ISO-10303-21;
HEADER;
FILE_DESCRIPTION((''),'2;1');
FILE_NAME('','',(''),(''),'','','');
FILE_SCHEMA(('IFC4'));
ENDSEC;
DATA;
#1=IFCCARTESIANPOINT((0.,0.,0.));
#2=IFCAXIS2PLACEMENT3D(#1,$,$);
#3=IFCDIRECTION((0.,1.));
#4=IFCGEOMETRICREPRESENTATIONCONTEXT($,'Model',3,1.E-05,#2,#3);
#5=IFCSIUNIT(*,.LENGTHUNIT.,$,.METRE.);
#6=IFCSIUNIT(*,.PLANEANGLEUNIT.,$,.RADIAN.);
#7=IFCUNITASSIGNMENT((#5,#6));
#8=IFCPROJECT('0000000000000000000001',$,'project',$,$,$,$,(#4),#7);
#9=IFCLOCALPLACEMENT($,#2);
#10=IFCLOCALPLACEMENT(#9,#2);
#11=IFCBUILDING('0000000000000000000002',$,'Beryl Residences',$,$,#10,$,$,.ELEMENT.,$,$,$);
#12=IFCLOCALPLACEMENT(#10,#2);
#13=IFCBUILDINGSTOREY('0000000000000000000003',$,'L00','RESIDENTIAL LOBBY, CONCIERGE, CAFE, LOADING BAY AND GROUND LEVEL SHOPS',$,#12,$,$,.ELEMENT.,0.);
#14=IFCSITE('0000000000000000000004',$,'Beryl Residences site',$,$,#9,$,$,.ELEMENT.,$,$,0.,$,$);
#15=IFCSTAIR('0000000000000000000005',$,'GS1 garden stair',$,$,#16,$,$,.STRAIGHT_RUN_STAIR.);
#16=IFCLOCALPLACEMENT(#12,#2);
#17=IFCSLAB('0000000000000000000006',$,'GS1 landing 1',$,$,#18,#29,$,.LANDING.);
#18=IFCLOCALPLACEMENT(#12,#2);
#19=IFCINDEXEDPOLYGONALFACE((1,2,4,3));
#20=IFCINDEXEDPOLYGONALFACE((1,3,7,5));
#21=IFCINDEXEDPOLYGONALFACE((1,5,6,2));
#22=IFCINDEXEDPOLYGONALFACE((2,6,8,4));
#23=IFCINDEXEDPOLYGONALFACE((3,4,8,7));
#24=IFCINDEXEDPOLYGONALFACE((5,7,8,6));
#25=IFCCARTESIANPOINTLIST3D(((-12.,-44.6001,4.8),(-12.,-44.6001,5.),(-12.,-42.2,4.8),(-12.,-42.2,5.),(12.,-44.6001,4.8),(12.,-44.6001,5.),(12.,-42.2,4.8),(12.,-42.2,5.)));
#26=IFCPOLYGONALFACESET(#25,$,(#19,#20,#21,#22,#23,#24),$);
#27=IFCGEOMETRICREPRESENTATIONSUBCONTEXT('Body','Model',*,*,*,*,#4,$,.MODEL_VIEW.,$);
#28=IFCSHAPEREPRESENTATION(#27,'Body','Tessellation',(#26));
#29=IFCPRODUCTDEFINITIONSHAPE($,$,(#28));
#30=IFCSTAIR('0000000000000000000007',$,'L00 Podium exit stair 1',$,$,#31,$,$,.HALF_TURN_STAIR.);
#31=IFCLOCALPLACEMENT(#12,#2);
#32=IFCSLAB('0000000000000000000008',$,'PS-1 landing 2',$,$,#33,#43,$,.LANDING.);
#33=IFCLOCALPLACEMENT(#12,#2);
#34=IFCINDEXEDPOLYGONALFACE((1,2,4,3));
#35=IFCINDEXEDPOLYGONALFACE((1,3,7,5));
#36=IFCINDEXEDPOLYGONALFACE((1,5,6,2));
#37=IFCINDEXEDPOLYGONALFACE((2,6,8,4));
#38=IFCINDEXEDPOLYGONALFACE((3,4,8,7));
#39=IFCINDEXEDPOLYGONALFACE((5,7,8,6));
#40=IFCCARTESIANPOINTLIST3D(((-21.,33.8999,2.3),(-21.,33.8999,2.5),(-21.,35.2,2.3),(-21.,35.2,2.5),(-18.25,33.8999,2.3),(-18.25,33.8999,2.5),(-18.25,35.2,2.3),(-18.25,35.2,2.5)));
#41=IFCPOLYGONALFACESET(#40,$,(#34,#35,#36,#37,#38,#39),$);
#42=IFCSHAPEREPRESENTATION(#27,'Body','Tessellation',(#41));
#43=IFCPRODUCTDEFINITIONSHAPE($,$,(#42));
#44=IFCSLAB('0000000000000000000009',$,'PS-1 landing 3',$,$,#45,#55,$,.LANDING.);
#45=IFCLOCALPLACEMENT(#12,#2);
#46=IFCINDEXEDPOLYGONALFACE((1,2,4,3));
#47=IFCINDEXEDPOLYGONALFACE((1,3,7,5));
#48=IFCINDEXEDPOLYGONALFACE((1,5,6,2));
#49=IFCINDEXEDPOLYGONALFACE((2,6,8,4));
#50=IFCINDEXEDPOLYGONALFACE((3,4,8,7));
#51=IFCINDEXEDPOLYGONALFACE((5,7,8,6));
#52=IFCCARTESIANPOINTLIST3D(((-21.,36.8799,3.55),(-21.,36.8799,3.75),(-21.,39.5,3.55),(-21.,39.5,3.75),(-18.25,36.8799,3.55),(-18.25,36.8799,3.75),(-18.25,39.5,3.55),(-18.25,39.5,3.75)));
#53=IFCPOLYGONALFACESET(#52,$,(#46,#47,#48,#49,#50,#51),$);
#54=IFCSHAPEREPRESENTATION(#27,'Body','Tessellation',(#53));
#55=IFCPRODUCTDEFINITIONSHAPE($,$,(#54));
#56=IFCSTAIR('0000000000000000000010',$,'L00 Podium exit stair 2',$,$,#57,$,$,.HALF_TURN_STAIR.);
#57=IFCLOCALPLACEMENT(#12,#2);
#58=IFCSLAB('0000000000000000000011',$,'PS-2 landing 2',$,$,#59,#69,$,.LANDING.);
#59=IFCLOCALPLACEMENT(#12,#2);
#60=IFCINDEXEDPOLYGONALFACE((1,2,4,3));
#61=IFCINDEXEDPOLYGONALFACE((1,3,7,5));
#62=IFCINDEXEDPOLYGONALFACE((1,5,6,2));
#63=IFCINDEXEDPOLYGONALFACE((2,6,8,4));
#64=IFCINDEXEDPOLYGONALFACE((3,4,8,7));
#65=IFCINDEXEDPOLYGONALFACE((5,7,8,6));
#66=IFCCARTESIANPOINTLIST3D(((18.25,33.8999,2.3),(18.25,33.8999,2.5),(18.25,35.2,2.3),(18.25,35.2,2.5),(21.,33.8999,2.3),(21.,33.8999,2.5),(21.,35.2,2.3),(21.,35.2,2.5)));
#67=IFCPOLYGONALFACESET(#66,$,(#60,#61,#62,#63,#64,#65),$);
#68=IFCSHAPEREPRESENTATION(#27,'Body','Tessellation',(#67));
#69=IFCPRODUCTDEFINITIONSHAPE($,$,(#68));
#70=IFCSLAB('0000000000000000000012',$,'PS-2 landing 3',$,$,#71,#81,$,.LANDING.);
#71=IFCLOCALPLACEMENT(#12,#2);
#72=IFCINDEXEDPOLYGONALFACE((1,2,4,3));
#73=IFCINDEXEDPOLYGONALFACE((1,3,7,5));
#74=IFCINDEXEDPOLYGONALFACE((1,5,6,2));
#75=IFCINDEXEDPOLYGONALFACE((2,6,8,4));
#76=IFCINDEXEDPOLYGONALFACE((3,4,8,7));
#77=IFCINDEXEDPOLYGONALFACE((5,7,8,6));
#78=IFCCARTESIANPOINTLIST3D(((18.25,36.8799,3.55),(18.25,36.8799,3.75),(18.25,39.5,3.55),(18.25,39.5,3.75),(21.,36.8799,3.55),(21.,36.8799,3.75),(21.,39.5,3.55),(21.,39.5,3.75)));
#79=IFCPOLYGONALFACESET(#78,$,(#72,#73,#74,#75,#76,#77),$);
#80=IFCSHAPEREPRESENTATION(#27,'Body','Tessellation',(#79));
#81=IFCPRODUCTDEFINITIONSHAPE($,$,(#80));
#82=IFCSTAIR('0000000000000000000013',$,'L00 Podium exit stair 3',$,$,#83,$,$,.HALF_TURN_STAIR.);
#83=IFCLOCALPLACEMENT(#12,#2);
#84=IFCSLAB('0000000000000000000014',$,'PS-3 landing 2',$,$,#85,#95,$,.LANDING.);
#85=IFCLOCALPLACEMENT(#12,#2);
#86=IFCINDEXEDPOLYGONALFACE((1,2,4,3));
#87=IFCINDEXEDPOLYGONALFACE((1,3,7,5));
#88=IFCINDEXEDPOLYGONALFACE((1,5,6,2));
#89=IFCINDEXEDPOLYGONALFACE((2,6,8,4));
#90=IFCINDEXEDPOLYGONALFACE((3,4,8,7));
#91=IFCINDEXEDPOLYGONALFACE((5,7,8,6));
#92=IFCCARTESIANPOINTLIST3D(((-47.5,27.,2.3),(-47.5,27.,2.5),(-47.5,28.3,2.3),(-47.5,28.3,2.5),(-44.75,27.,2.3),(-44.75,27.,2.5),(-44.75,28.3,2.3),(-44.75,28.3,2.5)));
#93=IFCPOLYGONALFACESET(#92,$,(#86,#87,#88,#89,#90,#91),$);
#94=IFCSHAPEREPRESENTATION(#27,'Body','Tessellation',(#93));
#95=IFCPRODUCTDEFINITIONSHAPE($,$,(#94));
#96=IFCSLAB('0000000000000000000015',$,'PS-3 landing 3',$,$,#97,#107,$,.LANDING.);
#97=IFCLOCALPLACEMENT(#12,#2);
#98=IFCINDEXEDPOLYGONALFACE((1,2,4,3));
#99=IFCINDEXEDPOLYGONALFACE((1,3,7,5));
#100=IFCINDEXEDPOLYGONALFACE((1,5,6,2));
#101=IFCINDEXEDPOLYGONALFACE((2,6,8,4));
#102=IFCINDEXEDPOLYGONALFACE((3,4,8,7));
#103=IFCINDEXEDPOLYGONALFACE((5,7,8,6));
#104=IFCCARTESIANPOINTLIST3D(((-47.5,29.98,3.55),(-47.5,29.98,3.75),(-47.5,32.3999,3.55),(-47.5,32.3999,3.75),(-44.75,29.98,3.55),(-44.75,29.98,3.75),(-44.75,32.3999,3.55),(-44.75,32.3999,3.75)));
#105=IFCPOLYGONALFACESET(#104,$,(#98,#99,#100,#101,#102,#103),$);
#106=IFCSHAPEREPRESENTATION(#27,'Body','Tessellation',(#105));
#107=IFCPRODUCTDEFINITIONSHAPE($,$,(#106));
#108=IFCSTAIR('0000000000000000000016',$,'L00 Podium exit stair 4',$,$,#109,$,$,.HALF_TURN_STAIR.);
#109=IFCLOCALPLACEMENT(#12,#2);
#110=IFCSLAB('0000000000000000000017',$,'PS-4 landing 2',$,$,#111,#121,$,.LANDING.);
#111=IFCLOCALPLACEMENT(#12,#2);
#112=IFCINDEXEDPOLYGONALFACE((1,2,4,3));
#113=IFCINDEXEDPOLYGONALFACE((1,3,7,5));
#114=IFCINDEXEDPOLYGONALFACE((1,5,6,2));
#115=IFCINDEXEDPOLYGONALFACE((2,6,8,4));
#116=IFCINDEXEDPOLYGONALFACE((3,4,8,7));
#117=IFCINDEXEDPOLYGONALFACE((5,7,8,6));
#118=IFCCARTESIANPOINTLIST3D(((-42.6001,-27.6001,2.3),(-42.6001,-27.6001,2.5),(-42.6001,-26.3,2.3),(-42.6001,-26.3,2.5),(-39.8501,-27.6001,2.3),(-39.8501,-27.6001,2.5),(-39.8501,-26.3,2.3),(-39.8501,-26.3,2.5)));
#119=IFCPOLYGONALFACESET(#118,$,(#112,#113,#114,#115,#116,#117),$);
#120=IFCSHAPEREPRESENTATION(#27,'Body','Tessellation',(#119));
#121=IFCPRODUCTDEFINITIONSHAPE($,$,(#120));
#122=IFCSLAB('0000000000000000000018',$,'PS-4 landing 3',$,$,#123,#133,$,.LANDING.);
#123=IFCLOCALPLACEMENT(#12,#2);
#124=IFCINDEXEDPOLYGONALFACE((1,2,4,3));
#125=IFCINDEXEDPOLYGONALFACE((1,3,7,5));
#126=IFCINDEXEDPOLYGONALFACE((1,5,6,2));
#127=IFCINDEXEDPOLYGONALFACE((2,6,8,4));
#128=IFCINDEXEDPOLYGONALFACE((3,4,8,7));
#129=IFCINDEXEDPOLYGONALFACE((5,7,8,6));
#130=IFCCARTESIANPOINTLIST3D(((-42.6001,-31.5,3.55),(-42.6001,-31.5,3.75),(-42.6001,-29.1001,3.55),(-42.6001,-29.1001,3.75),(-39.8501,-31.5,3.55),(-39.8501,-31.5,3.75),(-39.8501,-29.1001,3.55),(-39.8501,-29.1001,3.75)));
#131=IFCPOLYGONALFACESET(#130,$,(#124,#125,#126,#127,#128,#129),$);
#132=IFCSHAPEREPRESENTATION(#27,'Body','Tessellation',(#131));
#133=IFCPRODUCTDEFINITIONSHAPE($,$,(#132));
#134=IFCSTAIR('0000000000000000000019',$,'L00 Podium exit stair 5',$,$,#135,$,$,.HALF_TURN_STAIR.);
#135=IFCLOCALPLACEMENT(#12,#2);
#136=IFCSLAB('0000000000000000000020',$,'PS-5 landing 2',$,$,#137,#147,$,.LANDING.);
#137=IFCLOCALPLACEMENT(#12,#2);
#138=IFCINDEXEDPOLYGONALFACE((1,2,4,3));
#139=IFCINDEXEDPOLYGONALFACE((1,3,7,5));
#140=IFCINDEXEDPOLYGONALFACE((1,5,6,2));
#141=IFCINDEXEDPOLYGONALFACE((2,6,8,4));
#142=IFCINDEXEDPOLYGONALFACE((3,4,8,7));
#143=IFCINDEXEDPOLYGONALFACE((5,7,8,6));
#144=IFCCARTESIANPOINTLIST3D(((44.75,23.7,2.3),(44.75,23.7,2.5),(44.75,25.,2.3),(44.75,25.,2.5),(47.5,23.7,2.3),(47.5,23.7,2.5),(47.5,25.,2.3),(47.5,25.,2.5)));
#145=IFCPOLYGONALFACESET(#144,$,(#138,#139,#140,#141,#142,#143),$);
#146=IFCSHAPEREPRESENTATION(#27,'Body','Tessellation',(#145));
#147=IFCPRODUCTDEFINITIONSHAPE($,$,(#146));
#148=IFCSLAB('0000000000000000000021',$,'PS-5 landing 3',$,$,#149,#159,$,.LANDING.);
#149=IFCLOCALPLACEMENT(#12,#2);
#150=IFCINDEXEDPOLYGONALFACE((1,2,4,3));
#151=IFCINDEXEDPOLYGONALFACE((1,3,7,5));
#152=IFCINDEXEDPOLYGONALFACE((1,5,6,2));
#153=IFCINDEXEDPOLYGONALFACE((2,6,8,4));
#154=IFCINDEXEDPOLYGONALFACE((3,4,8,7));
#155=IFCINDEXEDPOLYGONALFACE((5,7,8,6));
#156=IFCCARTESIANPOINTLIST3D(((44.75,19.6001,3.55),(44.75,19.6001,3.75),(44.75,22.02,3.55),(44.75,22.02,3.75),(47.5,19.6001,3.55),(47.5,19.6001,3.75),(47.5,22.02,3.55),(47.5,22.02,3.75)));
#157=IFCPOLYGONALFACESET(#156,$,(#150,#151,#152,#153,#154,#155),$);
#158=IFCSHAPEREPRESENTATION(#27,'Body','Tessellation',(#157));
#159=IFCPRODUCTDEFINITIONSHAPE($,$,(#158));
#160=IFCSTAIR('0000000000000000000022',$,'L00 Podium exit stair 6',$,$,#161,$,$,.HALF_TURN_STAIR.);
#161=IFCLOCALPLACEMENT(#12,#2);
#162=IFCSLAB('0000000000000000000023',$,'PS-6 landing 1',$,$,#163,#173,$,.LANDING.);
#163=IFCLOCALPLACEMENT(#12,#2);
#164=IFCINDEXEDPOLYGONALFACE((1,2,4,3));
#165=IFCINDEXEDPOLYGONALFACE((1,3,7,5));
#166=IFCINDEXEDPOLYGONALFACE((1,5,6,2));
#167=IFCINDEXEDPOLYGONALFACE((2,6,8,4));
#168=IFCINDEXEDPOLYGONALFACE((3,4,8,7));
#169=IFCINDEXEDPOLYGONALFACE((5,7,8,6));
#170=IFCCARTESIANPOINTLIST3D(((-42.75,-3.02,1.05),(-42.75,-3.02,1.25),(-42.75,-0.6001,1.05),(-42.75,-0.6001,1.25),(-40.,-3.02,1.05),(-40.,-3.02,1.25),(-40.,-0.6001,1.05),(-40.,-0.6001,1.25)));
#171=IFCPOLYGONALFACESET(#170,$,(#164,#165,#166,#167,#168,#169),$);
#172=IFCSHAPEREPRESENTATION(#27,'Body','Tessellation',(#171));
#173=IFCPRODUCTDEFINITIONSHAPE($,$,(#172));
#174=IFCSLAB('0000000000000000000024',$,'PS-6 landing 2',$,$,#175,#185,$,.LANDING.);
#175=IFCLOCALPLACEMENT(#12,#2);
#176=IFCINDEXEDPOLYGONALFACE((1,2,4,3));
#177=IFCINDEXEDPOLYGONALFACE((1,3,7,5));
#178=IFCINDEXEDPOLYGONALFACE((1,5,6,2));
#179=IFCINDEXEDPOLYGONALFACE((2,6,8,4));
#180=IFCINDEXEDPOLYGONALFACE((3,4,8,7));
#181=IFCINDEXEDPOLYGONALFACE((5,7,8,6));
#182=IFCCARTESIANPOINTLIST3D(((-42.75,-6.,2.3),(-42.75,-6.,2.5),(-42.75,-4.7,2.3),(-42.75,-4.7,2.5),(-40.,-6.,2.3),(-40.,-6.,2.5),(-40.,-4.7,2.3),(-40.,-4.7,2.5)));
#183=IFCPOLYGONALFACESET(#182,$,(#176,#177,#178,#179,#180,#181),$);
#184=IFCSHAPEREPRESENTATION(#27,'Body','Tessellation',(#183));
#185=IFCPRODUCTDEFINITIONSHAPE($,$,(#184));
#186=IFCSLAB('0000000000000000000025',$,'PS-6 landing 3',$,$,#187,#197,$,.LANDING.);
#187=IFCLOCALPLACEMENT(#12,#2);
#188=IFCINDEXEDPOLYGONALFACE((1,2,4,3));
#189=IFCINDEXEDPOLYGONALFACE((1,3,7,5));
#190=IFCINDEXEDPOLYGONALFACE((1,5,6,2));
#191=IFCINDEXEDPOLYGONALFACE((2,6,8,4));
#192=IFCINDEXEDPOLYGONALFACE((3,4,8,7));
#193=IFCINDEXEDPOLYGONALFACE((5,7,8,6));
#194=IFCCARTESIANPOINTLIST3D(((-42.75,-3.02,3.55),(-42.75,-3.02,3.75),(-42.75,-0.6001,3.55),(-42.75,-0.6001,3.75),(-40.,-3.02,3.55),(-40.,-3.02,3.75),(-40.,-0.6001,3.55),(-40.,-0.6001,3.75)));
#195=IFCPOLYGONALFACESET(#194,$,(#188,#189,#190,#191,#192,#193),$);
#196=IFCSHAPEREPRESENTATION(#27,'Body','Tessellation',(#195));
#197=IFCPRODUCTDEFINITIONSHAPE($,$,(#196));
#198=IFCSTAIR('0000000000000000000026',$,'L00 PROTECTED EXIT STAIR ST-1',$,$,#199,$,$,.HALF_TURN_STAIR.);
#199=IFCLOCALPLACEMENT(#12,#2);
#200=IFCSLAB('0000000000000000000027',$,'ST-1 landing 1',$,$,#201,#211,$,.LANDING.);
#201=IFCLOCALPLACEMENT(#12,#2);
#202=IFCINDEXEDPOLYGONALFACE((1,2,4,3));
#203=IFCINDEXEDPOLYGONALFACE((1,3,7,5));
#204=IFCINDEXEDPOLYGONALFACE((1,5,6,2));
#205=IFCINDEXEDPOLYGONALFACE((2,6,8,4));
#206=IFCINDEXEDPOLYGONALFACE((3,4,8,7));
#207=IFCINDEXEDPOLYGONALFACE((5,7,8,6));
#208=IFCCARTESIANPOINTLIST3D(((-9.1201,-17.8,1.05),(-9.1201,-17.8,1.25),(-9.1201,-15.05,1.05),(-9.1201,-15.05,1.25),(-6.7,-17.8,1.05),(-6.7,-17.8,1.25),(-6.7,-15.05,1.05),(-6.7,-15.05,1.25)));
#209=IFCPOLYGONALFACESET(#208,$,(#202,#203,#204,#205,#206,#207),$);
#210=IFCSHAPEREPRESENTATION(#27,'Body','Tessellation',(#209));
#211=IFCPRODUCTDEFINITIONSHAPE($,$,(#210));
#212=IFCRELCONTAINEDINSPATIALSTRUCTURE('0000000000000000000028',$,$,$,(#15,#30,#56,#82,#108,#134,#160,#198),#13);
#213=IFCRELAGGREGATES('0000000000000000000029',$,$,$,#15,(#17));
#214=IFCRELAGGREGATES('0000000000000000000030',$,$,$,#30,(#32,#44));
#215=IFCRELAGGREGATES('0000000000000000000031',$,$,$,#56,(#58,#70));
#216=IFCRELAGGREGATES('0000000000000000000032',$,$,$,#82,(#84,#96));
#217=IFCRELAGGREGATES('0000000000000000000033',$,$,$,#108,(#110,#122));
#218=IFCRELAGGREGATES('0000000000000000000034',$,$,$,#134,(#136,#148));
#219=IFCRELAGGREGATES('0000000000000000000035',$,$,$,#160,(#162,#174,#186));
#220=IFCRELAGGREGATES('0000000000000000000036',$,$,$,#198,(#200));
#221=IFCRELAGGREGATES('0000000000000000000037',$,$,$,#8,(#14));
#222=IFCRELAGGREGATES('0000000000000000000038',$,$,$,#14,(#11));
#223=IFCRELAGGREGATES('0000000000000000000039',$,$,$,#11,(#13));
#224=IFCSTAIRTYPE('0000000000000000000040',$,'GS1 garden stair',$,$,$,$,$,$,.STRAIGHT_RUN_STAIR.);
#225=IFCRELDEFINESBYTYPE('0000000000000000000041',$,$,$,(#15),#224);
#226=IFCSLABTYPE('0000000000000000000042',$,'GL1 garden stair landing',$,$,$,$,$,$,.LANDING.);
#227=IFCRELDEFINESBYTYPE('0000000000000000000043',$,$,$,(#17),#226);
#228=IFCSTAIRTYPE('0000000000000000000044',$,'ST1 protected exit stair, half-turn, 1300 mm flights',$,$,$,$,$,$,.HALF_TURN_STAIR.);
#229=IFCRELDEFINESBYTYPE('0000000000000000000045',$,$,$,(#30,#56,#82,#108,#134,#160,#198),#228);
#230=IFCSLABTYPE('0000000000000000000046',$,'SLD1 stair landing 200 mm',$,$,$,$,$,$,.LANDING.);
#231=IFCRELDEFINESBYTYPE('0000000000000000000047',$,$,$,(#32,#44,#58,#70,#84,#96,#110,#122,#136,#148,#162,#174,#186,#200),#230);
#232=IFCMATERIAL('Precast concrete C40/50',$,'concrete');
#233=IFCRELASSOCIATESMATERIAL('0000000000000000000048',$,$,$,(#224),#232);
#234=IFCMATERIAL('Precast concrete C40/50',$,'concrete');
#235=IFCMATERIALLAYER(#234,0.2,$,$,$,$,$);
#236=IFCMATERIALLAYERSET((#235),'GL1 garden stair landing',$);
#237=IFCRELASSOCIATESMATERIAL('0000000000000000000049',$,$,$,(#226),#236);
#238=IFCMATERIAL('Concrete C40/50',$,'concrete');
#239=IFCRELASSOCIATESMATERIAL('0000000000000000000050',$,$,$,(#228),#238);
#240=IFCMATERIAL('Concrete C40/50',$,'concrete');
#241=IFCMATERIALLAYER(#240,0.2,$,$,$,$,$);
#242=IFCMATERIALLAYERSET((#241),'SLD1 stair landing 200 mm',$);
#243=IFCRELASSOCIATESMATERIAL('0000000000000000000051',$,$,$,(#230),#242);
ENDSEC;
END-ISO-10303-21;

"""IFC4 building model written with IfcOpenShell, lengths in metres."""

from ifc_helpers import new_model, si_unit, direction, frame, origin, place, context, subcontext, project, spatial, polyline, outline, extrude, material, layer, layer_set, type_object, element, aggregate, save


model = new_model("IFC4")

# Units and contexts
model_context = context("Model", 3, precision=1e-05, world=origin(), true_north=direction((0.0, 1.0)))
body_context = subcontext(model_context, "Body", "Model", "MODEL_VIEW")
ifc_project = project(units=[si_unit("LENGTHUNIT", "METRE"), si_unit("PLANEANGLEUNIT", "RADIAN")], contexts=[model_context])

# Site, building, storey
site_placement = place(None, origin())
site = spatial("IfcSite", under=ifc_project, at=site_placement, Name="Beryl Residences site", CompositionType="ELEMENT", RefElevation=0.0)
building_placement = place(site_placement, origin())
building = spatial("IfcBuilding", under=site, at=building_placement, Name="Beryl Residences", CompositionType="ELEMENT")
storey_placement = place(building_placement, origin())
storey = spatial("IfcBuildingStorey", under=building, at=storey_placement, Name="L00", Description="RESIDENTIAL LOBBY, CONCIERGE, CAFE, LOADING BAY AND GROUND LEVEL SHOPS", CompositionType="ELEMENT", Elevation=0.0)

# Stair, slab
ifc_material_1 = material(Name="Precast concrete C40/50", Category="concrete")
stair_type_1 = type_object("IfcStairType", Name="GS1 garden stair", PredefinedType="STRAIGHT_RUN_STAIR", material=ifc_material_1)
stair_1_placement = place(storey_placement, origin())
stair_1 = element("IfcStair", 1, at=stair_1_placement, inside=storey, type_object=stair_type_1, Name="GS1 garden stair", PredefinedType="STRAIGHT_RUN_STAIR")
ifc_material_2 = material(Name="Precast concrete C40/50", Category="concrete")
ifc_layer_1 = layer(ifc_material_2, 0.2)
ifc_layer_set_1 = layer_set([ifc_layer_1], Name="GL1 garden stair landing")
slab_type_1 = type_object("IfcSlabType", Name="GL1 garden stair landing", PredefinedType="LANDING", material=ifc_layer_set_1)
slab_1_placement = place(storey_placement, frame((0.0, 0.0, 4.8)))
slab_1 = element("IfcSlab", 2, at=slab_1_placement, type_object=slab_type_1, Name="GS1 landing 1", PredefinedType="LANDING", context=body_context, shape_type="SweptSolid", body=[
    extrude(outline(polyline([(-12.0, -44.6001), (12.0, -44.6001), (12.0, -42.2), (-12.0, -42.2), (-12.0, -44.6001)])), origin(), (0.0, 0.0, 1.0), 0.2),
])
aggregate(stair_1, [slab_1])

# Stairs, slabs
ifc_material_3 = material(Name="Concrete C40/50", Category="concrete")
stair_type_2 = type_object("IfcStairType", Name="ST1 protected exit stair, half-turn, 1300 mm flights", PredefinedType="HALF_TURN_STAIR", material=ifc_material_3)
stair_2_placement = place(storey_placement, origin())
stair_2 = element("IfcStair", 3, at=stair_2_placement, inside=storey, type_object=stair_type_2, Name="L00 Podium exit stair 1", PredefinedType="HALF_TURN_STAIR")
ifc_material_4 = material(Name="Concrete C40/50", Category="concrete")
ifc_layer_2 = layer(ifc_material_4, 0.2)
ifc_layer_set_2 = layer_set([ifc_layer_2], Name="SLD1 stair landing 200 mm")
slab_type_2 = type_object("IfcSlabType", Name="SLD1 stair landing 200 mm", PredefinedType="LANDING", material=ifc_layer_set_2)
slab_2_placement = place(storey_placement, frame((0.0, 0.0, 2.3)))
slab_2 = element("IfcSlab", 4, at=slab_2_placement, type_object=slab_type_2, Name="PS-1 landing 2", PredefinedType="LANDING", context=body_context, shape_type="SweptSolid", body=[
    extrude(outline(polyline([(-18.25, 33.8999), (-18.25, 35.2), (-21.0, 35.2), (-21.0, 33.8999), (-18.25, 33.8999)])), origin(), (0.0, 0.0, 1.0), 0.2),
])
slab_3_placement = place(storey_placement, frame((0.0, 0.0, 3.55)))
slab_3 = element("IfcSlab", 5, at=slab_3_placement, type_object=slab_type_2, Name="PS-1 landing 3", PredefinedType="LANDING", context=body_context, shape_type="SweptSolid", body=[
    extrude(outline(polyline([(-18.25, 36.8799), (-18.25, 39.5), (-21.0, 39.5), (-21.0, 36.8799), (-18.25, 36.8799)])), origin(), (0.0, 0.0, 1.0), 0.2),
])
aggregate(stair_2, [slab_2, slab_3])
stair_3_placement = place(storey_placement, origin())
stair_3 = element("IfcStair", 6, at=stair_3_placement, inside=storey, type_object=stair_type_2, Name="L00 Podium exit stair 2", PredefinedType="HALF_TURN_STAIR")
slab_4_placement = place(storey_placement, frame((0.0, 0.0, 2.3)))
slab_4 = element("IfcSlab", 7, at=slab_4_placement, type_object=slab_type_2, Name="PS-2 landing 2", PredefinedType="LANDING", context=body_context, shape_type="SweptSolid", body=[
    extrude(outline(polyline([(21.0, 33.8999), (21.0, 35.2), (18.25, 35.2), (18.25, 33.8999), (21.0, 33.8999)])), origin(), (0.0, 0.0, 1.0), 0.2),
])
slab_5_placement = place(storey_placement, frame((0.0, 0.0, 3.55)))
slab_5 = element("IfcSlab", 8, at=slab_5_placement, type_object=slab_type_2, Name="PS-2 landing 3", PredefinedType="LANDING", context=body_context, shape_type="SweptSolid", body=[
    extrude(outline(polyline([(21.0, 36.8799), (21.0, 39.5), (18.25, 39.5), (18.25, 36.8799), (21.0, 36.8799)])), origin(), (0.0, 0.0, 1.0), 0.2),
])
aggregate(stair_3, [slab_4, slab_5])
stair_4_placement = place(storey_placement, origin())
stair_4 = element("IfcStair", 9, at=stair_4_placement, inside=storey, type_object=stair_type_2, Name="L00 Podium exit stair 3", PredefinedType="HALF_TURN_STAIR")
slab_6_placement = place(storey_placement, frame((0.0, 0.0, 2.3)))
slab_6 = element("IfcSlab", 10, at=slab_6_placement, type_object=slab_type_2, Name="PS-3 landing 2", PredefinedType="LANDING", context=body_context, shape_type="SweptSolid", body=[
    extrude(outline(polyline([(-44.75, 27.0), (-44.75, 28.3), (-47.5, 28.3), (-47.5, 27.0), (-44.75, 27.0)])), origin(), (0.0, 0.0, 1.0), 0.2),
])
slab_7_placement = place(storey_placement, frame((0.0, 0.0, 3.55)))
slab_7 = element("IfcSlab", 11, at=slab_7_placement, type_object=slab_type_2, Name="PS-3 landing 3", PredefinedType="LANDING", context=body_context, shape_type="SweptSolid", body=[
    extrude(outline(polyline([(-44.75, 29.98), (-44.75, 32.3999), (-47.5, 32.3999), (-47.5, 29.98), (-44.75, 29.98)])), origin(), (0.0, 0.0, 1.0), 0.2),
])
aggregate(stair_4, [slab_6, slab_7])
stair_5_placement = place(storey_placement, origin())
stair_5 = element("IfcStair", 12, at=stair_5_placement, inside=storey, type_object=stair_type_2, Name="L00 Podium exit stair 4", PredefinedType="HALF_TURN_STAIR")
slab_8_placement = place(storey_placement, frame((0.0, 0.0, 2.3)))
slab_8 = element("IfcSlab", 13, at=slab_8_placement, type_object=slab_type_2, Name="PS-4 landing 2", PredefinedType="LANDING", context=body_context, shape_type="SweptSolid", body=[
    extrude(outline(polyline([(-42.6001, -26.3), (-42.6001, -27.6001), (-39.8501, -27.6001), (-39.8501, -26.3), (-42.6001, -26.3)])), origin(), (0.0, 0.0, 1.0), 0.2),
])
slab_9_placement = place(storey_placement, frame((0.0, 0.0, 3.55)))
slab_9 = element("IfcSlab", 14, at=slab_9_placement, type_object=slab_type_2, Name="PS-4 landing 3", PredefinedType="LANDING", context=body_context, shape_type="SweptSolid", body=[
    extrude(outline(polyline([(-42.6001, -29.1001), (-42.6001, -31.5), (-39.8501, -31.5), (-39.8501, -29.1001), (-42.6001, -29.1001)])), origin(), (0.0, 0.0, 1.0), 0.2),
])
aggregate(stair_5, [slab_8, slab_9])
stair_6_placement = place(storey_placement, origin())
stair_6 = element("IfcStair", 15, at=stair_6_placement, inside=storey, type_object=stair_type_2, Name="L00 Podium exit stair 5", PredefinedType="HALF_TURN_STAIR")
slab_10_placement = place(storey_placement, frame((0.0, 0.0, 2.3)))
slab_10 = element("IfcSlab", 16, at=slab_10_placement, type_object=slab_type_2, Name="PS-5 landing 2", PredefinedType="LANDING", context=body_context, shape_type="SweptSolid", body=[
    extrude(outline(polyline([(44.75, 25.0), (44.75, 23.7), (47.5, 23.7), (47.5, 25.0), (44.75, 25.0)])), origin(), (0.0, 0.0, 1.0), 0.2),
])
slab_11_placement = place(storey_placement, frame((0.0, 0.0, 3.55)))
slab_11 = element("IfcSlab", 17, at=slab_11_placement, type_object=slab_type_2, Name="PS-5 landing 3", PredefinedType="LANDING", context=body_context, shape_type="SweptSolid", body=[
    extrude(outline(polyline([(44.75, 22.02), (44.75, 19.6001), (47.5, 19.6001), (47.5, 22.02), (44.75, 22.02)])), origin(), (0.0, 0.0, 1.0), 0.2),
])
aggregate(stair_6, [slab_10, slab_11])
stair_7_placement = place(storey_placement, origin())
stair_7 = element("IfcStair", 18, at=stair_7_placement, inside=storey, type_object=stair_type_2, Name="L00 Podium exit stair 6", PredefinedType="HALF_TURN_STAIR")
slab_12_placement = place(storey_placement, frame((0.0, 0.0, 1.05)))
slab_12 = element("IfcSlab", 19, at=slab_12_placement, type_object=slab_type_2, Name="PS-6 landing 1", PredefinedType="LANDING", context=body_context, shape_type="SweptSolid", body=[
    extrude(outline(polyline([(-40.0, -3.02), (-40.0, -0.6001), (-42.75, -0.6001), (-42.75, -3.02), (-40.0, -3.02)])), origin(), (0.0, 0.0, 1.0), 0.2),
])
slab_13_placement = place(storey_placement, frame((0.0, 0.0, 2.3)))
slab_13 = element("IfcSlab", 20, at=slab_13_placement, type_object=slab_type_2, Name="PS-6 landing 2", PredefinedType="LANDING", context=body_context, shape_type="SweptSolid", body=[
    extrude(outline(polyline([(-40.0, -6.0), (-40.0, -4.7), (-42.75, -4.7), (-42.75, -6.0), (-40.0, -6.0)])), origin(), (0.0, 0.0, 1.0), 0.2),
])
slab_14_placement = place(storey_placement, frame((0.0, 0.0, 3.55)))
slab_14 = element("IfcSlab", 21, at=slab_14_placement, type_object=slab_type_2, Name="PS-6 landing 3", PredefinedType="LANDING", context=body_context, shape_type="SweptSolid", body=[
    extrude(outline(polyline([(-40.0, -3.02), (-40.0, -0.6001), (-42.75, -0.6001), (-42.75, -3.02), (-40.0, -3.02)])), origin(), (0.0, 0.0, 1.0), 0.2),
])
aggregate(stair_7, [slab_12, slab_13, slab_14])
stair_8_placement = place(storey_placement, origin())
stair_8 = element("IfcStair", 22, at=stair_8_placement, inside=storey, type_object=stair_type_2, Name="L00 PROTECTED EXIT STAIR ST-1", PredefinedType="HALF_TURN_STAIR")
slab_15_placement = place(storey_placement, frame((0.0, 0.0, 1.05)))
slab_15 = element("IfcSlab", 23, at=slab_15_placement, type_object=slab_type_2, Name="ST-1 landing 1", PredefinedType="LANDING", context=body_context, shape_type="SweptSolid", body=[
    extrude(outline(polyline([(-9.1201, -17.8), (-6.7, -17.8), (-6.7, -15.05), (-9.1201, -15.05), (-9.1201, -17.8)])), origin(), (0.0, 0.0, 1.0), 0.2),
])
aggregate(stair_8, [slab_15])

save(model, "model.ifc")
